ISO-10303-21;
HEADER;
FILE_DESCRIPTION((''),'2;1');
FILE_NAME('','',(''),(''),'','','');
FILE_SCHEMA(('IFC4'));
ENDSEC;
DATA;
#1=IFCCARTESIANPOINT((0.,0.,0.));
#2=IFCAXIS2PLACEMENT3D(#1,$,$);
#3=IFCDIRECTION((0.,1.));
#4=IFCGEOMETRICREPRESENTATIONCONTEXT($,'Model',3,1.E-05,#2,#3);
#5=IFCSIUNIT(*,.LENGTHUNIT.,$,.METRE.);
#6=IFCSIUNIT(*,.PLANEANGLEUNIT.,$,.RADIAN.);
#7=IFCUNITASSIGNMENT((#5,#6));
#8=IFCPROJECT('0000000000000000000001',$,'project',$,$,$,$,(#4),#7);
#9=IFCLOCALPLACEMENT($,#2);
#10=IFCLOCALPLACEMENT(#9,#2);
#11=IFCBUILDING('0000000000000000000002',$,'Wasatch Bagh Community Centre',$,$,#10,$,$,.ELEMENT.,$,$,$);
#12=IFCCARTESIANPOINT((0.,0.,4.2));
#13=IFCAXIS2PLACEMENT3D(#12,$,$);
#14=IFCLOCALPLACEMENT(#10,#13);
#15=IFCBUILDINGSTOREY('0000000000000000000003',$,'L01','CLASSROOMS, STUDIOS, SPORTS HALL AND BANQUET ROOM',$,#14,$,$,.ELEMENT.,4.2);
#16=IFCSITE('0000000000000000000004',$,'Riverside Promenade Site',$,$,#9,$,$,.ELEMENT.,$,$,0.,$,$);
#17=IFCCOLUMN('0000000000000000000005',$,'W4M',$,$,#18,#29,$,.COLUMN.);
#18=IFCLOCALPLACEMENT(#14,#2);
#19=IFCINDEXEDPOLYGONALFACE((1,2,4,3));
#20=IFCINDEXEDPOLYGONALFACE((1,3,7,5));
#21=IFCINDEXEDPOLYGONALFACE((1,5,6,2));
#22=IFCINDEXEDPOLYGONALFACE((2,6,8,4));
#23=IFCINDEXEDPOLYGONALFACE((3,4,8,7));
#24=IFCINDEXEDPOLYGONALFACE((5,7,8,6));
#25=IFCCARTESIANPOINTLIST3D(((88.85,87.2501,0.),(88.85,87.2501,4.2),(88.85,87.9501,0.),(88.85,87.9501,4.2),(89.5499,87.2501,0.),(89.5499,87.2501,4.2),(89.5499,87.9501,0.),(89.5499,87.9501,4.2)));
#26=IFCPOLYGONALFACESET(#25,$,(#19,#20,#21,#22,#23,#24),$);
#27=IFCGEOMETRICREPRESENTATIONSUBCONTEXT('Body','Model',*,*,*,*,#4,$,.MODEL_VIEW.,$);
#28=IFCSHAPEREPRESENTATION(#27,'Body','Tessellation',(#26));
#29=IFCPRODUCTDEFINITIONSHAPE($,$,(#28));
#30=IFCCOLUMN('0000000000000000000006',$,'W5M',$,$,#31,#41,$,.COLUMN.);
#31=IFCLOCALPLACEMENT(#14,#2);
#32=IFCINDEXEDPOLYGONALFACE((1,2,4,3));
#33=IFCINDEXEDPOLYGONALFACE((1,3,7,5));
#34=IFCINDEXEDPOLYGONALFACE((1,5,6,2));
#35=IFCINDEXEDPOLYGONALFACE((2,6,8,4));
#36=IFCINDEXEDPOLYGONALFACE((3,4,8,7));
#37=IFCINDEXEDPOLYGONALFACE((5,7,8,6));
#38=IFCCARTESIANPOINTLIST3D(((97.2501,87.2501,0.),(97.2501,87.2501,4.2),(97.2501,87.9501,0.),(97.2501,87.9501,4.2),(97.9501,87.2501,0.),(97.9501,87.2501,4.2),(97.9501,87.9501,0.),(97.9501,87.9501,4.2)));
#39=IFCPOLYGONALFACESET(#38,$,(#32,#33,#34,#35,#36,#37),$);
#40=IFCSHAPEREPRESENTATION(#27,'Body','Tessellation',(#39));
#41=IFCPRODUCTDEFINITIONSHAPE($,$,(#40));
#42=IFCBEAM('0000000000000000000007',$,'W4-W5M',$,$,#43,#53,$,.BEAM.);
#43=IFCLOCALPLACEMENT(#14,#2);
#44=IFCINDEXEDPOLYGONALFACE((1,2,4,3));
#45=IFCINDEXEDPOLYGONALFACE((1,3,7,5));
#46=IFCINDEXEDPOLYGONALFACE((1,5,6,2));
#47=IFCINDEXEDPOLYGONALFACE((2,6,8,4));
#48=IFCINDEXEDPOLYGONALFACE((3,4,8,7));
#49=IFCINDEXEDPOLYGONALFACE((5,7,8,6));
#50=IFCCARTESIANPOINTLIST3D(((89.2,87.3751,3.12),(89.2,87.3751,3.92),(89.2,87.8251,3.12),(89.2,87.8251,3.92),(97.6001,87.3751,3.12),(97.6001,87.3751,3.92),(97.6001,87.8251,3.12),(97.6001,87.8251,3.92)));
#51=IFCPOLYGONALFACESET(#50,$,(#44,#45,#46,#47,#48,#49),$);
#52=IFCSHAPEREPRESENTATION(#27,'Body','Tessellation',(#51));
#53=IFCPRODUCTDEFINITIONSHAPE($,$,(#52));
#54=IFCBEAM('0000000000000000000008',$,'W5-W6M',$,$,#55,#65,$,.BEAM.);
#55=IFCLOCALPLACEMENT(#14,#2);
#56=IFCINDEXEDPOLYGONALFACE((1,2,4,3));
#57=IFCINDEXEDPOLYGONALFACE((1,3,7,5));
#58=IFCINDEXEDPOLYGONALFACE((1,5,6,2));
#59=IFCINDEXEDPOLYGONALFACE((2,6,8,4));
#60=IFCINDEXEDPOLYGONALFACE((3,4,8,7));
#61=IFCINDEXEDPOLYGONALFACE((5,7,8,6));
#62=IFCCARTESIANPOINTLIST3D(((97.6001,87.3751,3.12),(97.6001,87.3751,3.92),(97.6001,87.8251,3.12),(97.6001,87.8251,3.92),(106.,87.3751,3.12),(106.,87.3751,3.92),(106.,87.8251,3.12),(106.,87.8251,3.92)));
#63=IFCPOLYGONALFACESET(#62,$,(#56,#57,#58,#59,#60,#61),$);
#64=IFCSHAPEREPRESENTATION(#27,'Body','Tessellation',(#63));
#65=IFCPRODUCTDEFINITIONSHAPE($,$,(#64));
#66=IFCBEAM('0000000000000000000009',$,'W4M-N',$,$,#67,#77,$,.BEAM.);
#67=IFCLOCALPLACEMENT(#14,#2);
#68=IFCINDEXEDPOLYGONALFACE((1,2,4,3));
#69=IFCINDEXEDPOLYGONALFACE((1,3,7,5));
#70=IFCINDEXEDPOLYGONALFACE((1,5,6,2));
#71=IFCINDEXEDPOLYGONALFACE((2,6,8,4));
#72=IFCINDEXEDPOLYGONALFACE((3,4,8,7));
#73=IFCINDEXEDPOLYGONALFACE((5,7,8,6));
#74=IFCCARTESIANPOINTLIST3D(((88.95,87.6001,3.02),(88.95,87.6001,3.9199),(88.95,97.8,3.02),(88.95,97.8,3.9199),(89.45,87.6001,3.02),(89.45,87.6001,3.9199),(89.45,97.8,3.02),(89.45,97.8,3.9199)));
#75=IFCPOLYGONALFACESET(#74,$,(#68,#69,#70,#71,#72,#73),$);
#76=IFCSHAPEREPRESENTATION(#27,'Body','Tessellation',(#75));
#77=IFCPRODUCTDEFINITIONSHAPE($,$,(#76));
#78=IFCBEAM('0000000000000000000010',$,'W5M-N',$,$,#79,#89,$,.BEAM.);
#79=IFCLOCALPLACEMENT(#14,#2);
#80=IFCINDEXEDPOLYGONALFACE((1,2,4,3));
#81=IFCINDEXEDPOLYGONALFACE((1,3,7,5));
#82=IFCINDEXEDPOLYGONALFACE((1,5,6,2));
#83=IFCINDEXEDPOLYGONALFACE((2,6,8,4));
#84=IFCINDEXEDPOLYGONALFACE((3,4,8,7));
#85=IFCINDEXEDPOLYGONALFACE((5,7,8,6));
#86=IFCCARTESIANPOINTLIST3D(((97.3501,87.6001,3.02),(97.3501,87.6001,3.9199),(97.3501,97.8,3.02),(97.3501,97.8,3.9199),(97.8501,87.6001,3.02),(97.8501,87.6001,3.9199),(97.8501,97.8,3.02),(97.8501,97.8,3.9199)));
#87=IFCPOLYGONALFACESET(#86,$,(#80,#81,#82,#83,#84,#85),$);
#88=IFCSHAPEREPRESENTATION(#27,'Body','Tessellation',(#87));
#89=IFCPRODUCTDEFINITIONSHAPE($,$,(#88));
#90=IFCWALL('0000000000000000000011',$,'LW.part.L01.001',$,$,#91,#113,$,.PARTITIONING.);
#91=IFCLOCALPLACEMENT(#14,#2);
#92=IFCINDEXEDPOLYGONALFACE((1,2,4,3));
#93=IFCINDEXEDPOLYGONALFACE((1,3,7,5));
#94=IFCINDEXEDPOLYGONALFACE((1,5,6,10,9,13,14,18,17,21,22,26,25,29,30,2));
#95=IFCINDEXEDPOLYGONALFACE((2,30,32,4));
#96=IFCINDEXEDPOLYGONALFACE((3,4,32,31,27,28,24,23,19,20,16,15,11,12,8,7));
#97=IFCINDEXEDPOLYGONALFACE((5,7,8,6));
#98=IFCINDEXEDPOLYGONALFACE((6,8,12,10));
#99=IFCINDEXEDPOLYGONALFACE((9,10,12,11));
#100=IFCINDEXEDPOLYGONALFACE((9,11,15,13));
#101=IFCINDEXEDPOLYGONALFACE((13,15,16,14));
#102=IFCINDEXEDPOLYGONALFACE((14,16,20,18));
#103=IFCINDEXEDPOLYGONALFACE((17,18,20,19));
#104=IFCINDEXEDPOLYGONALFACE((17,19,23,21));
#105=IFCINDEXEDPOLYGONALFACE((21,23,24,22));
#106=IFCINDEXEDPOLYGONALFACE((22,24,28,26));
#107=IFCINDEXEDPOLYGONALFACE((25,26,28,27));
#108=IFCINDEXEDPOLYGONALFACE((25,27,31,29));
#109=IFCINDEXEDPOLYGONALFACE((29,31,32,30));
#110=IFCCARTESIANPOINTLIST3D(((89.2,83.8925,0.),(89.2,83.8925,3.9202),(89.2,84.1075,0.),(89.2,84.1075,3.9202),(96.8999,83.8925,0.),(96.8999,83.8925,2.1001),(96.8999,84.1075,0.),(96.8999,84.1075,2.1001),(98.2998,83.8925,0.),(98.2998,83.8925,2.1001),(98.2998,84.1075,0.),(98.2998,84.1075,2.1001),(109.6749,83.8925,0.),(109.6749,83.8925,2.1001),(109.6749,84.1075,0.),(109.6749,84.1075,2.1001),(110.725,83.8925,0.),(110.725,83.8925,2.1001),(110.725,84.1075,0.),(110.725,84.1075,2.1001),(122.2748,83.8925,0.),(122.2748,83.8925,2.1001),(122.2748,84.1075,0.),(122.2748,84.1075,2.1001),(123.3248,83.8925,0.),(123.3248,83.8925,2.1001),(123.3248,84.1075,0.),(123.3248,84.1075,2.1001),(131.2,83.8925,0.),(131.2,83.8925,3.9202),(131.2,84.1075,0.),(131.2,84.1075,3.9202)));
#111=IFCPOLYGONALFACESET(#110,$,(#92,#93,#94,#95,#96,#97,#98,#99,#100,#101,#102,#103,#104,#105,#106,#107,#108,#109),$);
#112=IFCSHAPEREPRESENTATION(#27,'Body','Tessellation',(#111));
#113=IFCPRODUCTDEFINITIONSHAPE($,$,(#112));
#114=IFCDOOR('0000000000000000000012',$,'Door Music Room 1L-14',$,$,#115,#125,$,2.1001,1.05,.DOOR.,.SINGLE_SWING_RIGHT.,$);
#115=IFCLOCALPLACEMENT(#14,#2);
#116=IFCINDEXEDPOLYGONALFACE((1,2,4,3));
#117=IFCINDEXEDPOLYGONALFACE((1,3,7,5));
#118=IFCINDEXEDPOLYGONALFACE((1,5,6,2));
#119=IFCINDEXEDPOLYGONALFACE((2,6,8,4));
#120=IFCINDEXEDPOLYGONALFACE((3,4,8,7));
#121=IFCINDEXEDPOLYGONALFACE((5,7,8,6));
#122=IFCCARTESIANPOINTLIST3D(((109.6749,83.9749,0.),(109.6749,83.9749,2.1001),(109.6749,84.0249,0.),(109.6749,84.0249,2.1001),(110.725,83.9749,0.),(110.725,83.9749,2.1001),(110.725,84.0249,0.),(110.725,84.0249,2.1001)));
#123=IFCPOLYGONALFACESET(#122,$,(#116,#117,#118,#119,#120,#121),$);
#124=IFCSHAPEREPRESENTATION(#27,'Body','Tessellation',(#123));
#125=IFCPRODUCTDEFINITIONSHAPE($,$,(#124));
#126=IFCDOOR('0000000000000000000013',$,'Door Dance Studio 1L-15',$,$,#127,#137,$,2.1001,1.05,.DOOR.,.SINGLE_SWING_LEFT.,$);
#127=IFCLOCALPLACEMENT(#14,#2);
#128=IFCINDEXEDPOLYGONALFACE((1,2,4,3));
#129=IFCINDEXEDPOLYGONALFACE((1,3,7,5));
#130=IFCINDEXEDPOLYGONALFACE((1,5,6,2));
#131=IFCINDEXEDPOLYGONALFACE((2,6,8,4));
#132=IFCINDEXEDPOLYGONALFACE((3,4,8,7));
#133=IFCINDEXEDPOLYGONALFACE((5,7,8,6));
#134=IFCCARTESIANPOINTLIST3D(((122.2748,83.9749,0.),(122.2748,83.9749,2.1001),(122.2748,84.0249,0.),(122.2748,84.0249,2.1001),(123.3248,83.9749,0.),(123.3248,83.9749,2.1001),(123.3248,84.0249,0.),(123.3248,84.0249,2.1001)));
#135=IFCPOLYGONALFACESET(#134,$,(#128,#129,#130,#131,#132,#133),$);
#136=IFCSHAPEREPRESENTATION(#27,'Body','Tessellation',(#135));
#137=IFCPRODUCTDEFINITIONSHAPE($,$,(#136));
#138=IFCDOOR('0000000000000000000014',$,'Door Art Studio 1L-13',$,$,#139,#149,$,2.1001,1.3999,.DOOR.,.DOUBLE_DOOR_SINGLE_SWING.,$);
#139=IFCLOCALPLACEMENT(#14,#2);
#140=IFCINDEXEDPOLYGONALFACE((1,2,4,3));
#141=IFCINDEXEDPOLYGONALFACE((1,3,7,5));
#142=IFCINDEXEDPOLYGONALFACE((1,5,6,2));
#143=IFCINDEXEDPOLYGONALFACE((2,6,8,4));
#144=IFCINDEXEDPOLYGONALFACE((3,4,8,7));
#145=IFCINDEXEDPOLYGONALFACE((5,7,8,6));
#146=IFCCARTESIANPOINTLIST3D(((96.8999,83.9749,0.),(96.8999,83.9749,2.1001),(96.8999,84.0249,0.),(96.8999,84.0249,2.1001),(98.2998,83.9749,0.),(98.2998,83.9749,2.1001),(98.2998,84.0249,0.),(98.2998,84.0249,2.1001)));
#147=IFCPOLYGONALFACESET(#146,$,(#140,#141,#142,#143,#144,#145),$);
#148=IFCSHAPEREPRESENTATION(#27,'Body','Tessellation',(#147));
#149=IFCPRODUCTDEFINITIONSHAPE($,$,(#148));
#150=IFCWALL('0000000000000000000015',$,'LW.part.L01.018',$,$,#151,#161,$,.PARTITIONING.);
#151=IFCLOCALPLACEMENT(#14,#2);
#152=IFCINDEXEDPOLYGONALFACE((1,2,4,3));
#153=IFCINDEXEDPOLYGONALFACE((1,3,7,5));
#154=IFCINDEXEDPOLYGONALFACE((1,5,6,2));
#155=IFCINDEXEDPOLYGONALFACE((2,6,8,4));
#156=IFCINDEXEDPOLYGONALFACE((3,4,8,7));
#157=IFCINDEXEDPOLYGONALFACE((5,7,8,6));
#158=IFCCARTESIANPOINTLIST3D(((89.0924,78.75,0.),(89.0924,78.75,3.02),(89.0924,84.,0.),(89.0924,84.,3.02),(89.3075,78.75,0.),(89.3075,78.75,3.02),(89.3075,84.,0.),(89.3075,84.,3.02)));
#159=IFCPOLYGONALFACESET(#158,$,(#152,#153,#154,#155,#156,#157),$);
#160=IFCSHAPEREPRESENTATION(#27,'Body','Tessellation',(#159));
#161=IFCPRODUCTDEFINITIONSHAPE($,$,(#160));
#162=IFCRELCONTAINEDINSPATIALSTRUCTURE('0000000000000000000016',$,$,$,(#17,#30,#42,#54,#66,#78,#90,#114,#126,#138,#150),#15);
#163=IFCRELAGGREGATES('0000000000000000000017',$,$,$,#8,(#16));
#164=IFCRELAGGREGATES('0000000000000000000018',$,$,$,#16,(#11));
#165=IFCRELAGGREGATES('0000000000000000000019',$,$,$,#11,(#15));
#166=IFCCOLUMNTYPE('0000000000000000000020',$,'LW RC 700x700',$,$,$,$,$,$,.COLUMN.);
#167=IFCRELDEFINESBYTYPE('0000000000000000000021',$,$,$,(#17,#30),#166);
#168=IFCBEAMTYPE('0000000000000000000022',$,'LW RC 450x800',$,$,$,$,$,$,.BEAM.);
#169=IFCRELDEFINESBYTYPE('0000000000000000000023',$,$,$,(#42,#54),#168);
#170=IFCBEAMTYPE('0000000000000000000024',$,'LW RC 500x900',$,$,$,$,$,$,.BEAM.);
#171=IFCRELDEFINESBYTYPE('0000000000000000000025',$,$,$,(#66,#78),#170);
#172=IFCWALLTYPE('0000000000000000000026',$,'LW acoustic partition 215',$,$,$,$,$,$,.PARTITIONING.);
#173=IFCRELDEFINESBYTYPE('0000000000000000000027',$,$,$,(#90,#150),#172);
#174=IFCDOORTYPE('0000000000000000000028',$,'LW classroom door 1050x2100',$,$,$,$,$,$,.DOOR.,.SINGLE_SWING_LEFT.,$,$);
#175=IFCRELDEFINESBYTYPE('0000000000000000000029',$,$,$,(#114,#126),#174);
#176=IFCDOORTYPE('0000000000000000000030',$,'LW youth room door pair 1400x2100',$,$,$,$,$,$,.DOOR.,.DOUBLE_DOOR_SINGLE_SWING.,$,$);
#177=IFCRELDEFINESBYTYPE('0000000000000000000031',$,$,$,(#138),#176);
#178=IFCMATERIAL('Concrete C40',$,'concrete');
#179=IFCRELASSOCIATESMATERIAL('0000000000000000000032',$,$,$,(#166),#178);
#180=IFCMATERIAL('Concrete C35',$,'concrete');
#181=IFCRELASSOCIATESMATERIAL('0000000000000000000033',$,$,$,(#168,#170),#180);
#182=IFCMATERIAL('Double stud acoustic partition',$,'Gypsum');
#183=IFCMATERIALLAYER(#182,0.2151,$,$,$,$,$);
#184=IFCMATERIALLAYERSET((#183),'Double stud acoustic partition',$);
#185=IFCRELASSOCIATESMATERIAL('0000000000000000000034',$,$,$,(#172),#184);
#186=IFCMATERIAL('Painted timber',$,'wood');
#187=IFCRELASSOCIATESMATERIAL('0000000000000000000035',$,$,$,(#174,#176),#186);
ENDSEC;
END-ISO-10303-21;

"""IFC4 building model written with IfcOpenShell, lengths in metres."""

from ifc_helpers import new_model, si_unit, direction, frame, frame_2d, origin, origin_2d, place, context, subcontext, project, spatial, rectangle, extrude, material, layer, layer_set, material_profile, profile_set, type_object, element, fill, save


model = new_model("IFC4")

# Units and contexts
model_context = context("Model", 3, precision=1e-05, world=origin(), true_north=direction((0.0, 1.0)))
body_context = subcontext(model_context, "Body", "Model", "MODEL_VIEW")
ifc_project = project(units=[si_unit("LENGTHUNIT", "METRE"), si_unit("PLANEANGLEUNIT", "RADIAN")], contexts=[model_context])

# Site, building, storey
site_placement = place(None, origin())
site = spatial("IfcSite", under=ifc_project, at=site_placement, Name="Riverside Promenade Site", CompositionType="ELEMENT", RefElevation=0.0)
building_placement = place(site_placement, origin())
building = spatial("IfcBuilding", under=site, at=building_placement, Name="Wasatch Bagh Community Centre", CompositionType="ELEMENT")
storey_placement = place(building_placement, frame((0.0, 0.0, 4.2)))
storey = spatial("IfcBuildingStorey", under=building, at=storey_placement, Name="L01", Description="CLASSROOMS, STUDIOS, SPORTS HALL AND BANQUET ROOM", CompositionType="ELEMENT", Elevation=4.2)

# Columns
ifc_material_1 = material(Name="Concrete C40", Category="concrete")
ifc_material_profile_1 = material_profile(ifc_material_1, rectangle(XDim=0.7, YDim=0.7, at=origin_2d()), Name="RC 700x700")
ifc_profile_set_1 = profile_set([ifc_material_profile_1], Name="Concrete C40")
column_type = type_object("IfcColumnType", Name="LW RC 700x700", PredefinedType="COLUMN", material=ifc_profile_set_1)
for number, where, z_axis, x_axis, name in (
    (1, (89.2, 87.6001, 0.0), (0.0, 0.0, 1.0), (1.0, 0.0, 0.0), "W4M"),
    (2, (97.6001, 87.6001, 0.0), (0.0, 0.0, 1.0), (1.0, 0.0, 0.0), "W5M"),
):
    element("IfcColumn", number, at=place(storey_placement, frame(where, z_axis=z_axis, x_axis=x_axis)), inside=storey, type_object=column_type, Name=name, PredefinedType="COLUMN", context=body_context, shape_type="SweptSolid", body=[
        extrude(rectangle(XDim=0.7, YDim=0.7, at=origin_2d()), origin(), (0.0, 0.0, 1.0), 4.2),
    ])

# Beams
ifc_material_2 = material(Name="Concrete C35", Category="concrete")
ifc_material_profile_2 = material_profile(ifc_material_2, rectangle(XDim=0.45, YDim=0.8, at=origin_2d()), Name="RC 450x800")
ifc_profile_set_2 = profile_set([ifc_material_profile_2], Name="Concrete C35")
beam_type_1 = type_object("IfcBeamType", Name="LW RC 450x800", PredefinedType="BEAM", material=ifc_profile_set_2)
beam_1_placement = place(storey_placement, frame((89.2, 87.6001, 3.52), z_axis=(1.0, 0.0, 0.0), x_axis=(0.0, 1.0, 0.0)))
element("IfcBeam", 3, at=beam_1_placement, inside=storey, type_object=beam_type_1, Name="W4-W5M", PredefinedType="BEAM", context=body_context, shape_type="SweptSolid", body=[
    extrude(rectangle(XDim=0.45, YDim=0.8, at=origin_2d()), origin(), (0.0, 0.0, 1.0), 8.4001),
])
beam_2_placement = place(storey_placement, frame((97.6001, 87.6001, 3.52), z_axis=(1.0, 0.0, 0.0), x_axis=(0.0, 1.0, 0.0)))
element("IfcBeam", 4, at=beam_2_placement, inside=storey, type_object=beam_type_1, Name="W5-W6M", PredefinedType="BEAM", context=body_context, shape_type="SweptSolid", body=[
    extrude(rectangle(XDim=0.45, YDim=0.8, at=origin_2d()), origin(), (0.0, 0.0, 1.0), 8.3999),
])
ifc_material_profile_3 = material_profile(ifc_material_2, rectangle(XDim=0.5, YDim=0.8999, at=origin_2d()), Name="RC 500x900")
ifc_profile_set_3 = profile_set([ifc_material_profile_3], Name="Concrete C35")
beam_type_2 = type_object("IfcBeamType", Name="LW RC 500x900", PredefinedType="BEAM", material=ifc_profile_set_3)
for number, where, z_axis, x_axis, name in (
    (5, (89.2, 87.6001, 3.47), (0.0, 1.0, 0.0), (-1.0, 0.0, 0.0), "W4M-N"),
    (6, (97.6001, 87.6001, 3.47), (0.0, 1.0, 0.0), (-1.0, 0.0, 0.0), "W5M-N"),
):
    element("IfcBeam", number, at=place(storey_placement, frame(where, z_axis=z_axis, x_axis=x_axis)), inside=storey, type_object=beam_type_2, Name=name, PredefinedType="BEAM", context=body_context, shape_type="SweptSolid", body=[
        extrude(rectangle(XDim=0.5, YDim=0.8999, at=origin_2d()), origin(), (0.0, 0.0, 1.0), 10.2),
    ])

# Wall, openings, doors
ifc_material_3 = material(Name="Double stud acoustic partition", Category="Gypsum")
ifc_layer_1 = layer(ifc_material_3, 0.2151)
ifc_layer_set_1 = layer_set([ifc_layer_1], Name="Double stud acoustic partition")
wall_type_1 = type_object("IfcWallType", Name="LW acoustic partition 215", PredefinedType="PARTITIONING", material=ifc_layer_set_1)
wall_1_placement = place(storey_placement, frame((89.2, 84.0, 0.0), z_axis=(0.0, 0.0, 1.0), x_axis=(1.0, 0.0, 0.0)))
wall_1 = element("IfcWall", 7, at=wall_1_placement, inside=storey, type_object=wall_type_1, Name="LW.part.L01.001", PredefinedType="PARTITIONING", context=body_context, shape_type="SweptSolid", body=[
    extrude(rectangle(XDim=42.0, YDim=0.2151, at=frame_2d((21.0, 0.0))), origin(), (0.0, 0.0, 1.0), 3.9202),
])
opening_1_placement = place(wall_1_placement, frame((7.7, 0.0, 0.0)))
opening_1 = element("IfcOpeningElement", 8, at=opening_1_placement, cuts=wall_1, PredefinedType="OPENING", context=body_context, shape_type="SweptSolid", body=[
    extrude(rectangle(XDim=1.3999, YDim=2.1001, at=frame_2d((0.7, 1.05))), frame((0.0, 0.1174, 0.0), z_axis=(0.0, -1.0, 0.0), x_axis=(1.0, 0.0, 0.0)), (0.0, 0.0, 1.0), 0.2351),
])
opening_2_placement = place(wall_1_placement, frame((20.4751, 0.0, 0.0)))
opening_2 = element("IfcOpeningElement", 9, at=opening_2_placement, cuts=wall_1, PredefinedType="OPENING", context=body_context, shape_type="SweptSolid", body=[
    extrude(rectangle(XDim=1.05, YDim=2.1001, at=frame_2d((0.5249, 1.05))), frame((0.0, 0.1174, 0.0), z_axis=(0.0, -1.0, 0.0), x_axis=(1.0, 0.0, 0.0)), (0.0, 0.0, 1.0), 0.2351),
])
opening_3_placement = place(wall_1_placement, frame((33.075, 0.0, 0.0)))
opening_3 = element("IfcOpeningElement", 10, at=opening_3_placement, cuts=wall_1, PredefinedType="OPENING", context=body_context, shape_type="SweptSolid", body=[
    extrude(rectangle(XDim=1.05, YDim=2.1001, at=frame_2d((0.5249, 1.05))), frame((0.0, 0.1174, 0.0), z_axis=(0.0, -1.0, 0.0), x_axis=(1.0, 0.0, 0.0)), (0.0, 0.0, 1.0), 0.2351),
])
ifc_material_4 = material(Name="Painted timber", Category="wood")
door_type_1 = type_object("IfcDoorType", Name="LW classroom door 1050x2100", OperationType="SINGLE_SWING_LEFT", PredefinedType="DOOR", material=ifc_material_4)
door_1_placement = place(opening_2_placement, origin())
door_1 = element("IfcDoor", 11, at=door_1_placement, inside=storey, type_object=door_type_1, Name="Door Music Room 1L-14", OperationType="SINGLE_SWING_RIGHT", OverallHeight=2.1001, OverallWidth=1.05, PredefinedType="DOOR", context=body_context, shape_type="SweptSolid", body=[
    extrude(rectangle(XDim=1.05, YDim=2.1001, at=frame_2d((0.5249, 1.05))), frame((0.0, 0.0249, 0.0), z_axis=(0.0, -1.0, 0.0), x_axis=(1.0, 0.0, 0.0)), (0.0, 0.0, 1.0), 0.05),
])
fill(opening_2, door_1)
door_2_placement = place(opening_3_placement, origin())
door_2 = element("IfcDoor", 12, at=door_2_placement, inside=storey, type_object=door_type_1, Name="Door Dance Studio 1L-15", OperationType="SINGLE_SWING_LEFT", OverallHeight=2.1001, OverallWidth=1.05, PredefinedType="DOOR", context=body_context, shape_type="SweptSolid", body=[
    extrude(rectangle(XDim=1.05, YDim=2.1001, at=frame_2d((0.5249, 1.05))), frame((0.0, 0.0249, 0.0), z_axis=(0.0, -1.0, 0.0), x_axis=(1.0, 0.0, 0.0)), (0.0, 0.0, 1.0), 0.05),
])
fill(opening_3, door_2)
door_type_2 = type_object("IfcDoorType", Name="LW youth room door pair 1400x2100", OperationType="DOUBLE_DOOR_SINGLE_SWING", PredefinedType="DOOR", material=ifc_material_4)
door_3_placement = place(opening_1_placement, origin())
door_3 = element("IfcDoor", 13, at=door_3_placement, inside=storey, type_object=door_type_2, Name="Door Art Studio 1L-13", OperationType="DOUBLE_DOOR_SINGLE_SWING", OverallHeight=2.1001, OverallWidth=1.3999, PredefinedType="DOOR", context=body_context, shape_type="SweptSolid", body=[
    extrude(rectangle(XDim=1.3999, YDim=2.1001, at=frame_2d((0.7, 1.05))), frame((0.0, 0.0249, 0.0), z_axis=(0.0, -1.0, 0.0), x_axis=(1.0, 0.0, 0.0)), (0.0, 0.0, 1.0), 0.05),
])
fill(opening_1, door_3)

# Wall
wall_2_placement = place(storey_placement, frame((89.2, 78.75, 0.0), z_axis=(0.0, 0.0, 1.0), x_axis=(0.0, 1.0, 0.0)))
element("IfcWall", 14, at=wall_2_placement, inside=storey, type_object=wall_type_1, Name="LW.part.L01.018", PredefinedType="PARTITIONING", context=body_context, shape_type="SweptSolid", body=[
    extrude(rectangle(XDim=5.25, YDim=0.2151, at=frame_2d((2.625, 0.0))), origin(), (0.0, 0.0, 1.0), 3.02),
])

save(model, "model.ifc")
